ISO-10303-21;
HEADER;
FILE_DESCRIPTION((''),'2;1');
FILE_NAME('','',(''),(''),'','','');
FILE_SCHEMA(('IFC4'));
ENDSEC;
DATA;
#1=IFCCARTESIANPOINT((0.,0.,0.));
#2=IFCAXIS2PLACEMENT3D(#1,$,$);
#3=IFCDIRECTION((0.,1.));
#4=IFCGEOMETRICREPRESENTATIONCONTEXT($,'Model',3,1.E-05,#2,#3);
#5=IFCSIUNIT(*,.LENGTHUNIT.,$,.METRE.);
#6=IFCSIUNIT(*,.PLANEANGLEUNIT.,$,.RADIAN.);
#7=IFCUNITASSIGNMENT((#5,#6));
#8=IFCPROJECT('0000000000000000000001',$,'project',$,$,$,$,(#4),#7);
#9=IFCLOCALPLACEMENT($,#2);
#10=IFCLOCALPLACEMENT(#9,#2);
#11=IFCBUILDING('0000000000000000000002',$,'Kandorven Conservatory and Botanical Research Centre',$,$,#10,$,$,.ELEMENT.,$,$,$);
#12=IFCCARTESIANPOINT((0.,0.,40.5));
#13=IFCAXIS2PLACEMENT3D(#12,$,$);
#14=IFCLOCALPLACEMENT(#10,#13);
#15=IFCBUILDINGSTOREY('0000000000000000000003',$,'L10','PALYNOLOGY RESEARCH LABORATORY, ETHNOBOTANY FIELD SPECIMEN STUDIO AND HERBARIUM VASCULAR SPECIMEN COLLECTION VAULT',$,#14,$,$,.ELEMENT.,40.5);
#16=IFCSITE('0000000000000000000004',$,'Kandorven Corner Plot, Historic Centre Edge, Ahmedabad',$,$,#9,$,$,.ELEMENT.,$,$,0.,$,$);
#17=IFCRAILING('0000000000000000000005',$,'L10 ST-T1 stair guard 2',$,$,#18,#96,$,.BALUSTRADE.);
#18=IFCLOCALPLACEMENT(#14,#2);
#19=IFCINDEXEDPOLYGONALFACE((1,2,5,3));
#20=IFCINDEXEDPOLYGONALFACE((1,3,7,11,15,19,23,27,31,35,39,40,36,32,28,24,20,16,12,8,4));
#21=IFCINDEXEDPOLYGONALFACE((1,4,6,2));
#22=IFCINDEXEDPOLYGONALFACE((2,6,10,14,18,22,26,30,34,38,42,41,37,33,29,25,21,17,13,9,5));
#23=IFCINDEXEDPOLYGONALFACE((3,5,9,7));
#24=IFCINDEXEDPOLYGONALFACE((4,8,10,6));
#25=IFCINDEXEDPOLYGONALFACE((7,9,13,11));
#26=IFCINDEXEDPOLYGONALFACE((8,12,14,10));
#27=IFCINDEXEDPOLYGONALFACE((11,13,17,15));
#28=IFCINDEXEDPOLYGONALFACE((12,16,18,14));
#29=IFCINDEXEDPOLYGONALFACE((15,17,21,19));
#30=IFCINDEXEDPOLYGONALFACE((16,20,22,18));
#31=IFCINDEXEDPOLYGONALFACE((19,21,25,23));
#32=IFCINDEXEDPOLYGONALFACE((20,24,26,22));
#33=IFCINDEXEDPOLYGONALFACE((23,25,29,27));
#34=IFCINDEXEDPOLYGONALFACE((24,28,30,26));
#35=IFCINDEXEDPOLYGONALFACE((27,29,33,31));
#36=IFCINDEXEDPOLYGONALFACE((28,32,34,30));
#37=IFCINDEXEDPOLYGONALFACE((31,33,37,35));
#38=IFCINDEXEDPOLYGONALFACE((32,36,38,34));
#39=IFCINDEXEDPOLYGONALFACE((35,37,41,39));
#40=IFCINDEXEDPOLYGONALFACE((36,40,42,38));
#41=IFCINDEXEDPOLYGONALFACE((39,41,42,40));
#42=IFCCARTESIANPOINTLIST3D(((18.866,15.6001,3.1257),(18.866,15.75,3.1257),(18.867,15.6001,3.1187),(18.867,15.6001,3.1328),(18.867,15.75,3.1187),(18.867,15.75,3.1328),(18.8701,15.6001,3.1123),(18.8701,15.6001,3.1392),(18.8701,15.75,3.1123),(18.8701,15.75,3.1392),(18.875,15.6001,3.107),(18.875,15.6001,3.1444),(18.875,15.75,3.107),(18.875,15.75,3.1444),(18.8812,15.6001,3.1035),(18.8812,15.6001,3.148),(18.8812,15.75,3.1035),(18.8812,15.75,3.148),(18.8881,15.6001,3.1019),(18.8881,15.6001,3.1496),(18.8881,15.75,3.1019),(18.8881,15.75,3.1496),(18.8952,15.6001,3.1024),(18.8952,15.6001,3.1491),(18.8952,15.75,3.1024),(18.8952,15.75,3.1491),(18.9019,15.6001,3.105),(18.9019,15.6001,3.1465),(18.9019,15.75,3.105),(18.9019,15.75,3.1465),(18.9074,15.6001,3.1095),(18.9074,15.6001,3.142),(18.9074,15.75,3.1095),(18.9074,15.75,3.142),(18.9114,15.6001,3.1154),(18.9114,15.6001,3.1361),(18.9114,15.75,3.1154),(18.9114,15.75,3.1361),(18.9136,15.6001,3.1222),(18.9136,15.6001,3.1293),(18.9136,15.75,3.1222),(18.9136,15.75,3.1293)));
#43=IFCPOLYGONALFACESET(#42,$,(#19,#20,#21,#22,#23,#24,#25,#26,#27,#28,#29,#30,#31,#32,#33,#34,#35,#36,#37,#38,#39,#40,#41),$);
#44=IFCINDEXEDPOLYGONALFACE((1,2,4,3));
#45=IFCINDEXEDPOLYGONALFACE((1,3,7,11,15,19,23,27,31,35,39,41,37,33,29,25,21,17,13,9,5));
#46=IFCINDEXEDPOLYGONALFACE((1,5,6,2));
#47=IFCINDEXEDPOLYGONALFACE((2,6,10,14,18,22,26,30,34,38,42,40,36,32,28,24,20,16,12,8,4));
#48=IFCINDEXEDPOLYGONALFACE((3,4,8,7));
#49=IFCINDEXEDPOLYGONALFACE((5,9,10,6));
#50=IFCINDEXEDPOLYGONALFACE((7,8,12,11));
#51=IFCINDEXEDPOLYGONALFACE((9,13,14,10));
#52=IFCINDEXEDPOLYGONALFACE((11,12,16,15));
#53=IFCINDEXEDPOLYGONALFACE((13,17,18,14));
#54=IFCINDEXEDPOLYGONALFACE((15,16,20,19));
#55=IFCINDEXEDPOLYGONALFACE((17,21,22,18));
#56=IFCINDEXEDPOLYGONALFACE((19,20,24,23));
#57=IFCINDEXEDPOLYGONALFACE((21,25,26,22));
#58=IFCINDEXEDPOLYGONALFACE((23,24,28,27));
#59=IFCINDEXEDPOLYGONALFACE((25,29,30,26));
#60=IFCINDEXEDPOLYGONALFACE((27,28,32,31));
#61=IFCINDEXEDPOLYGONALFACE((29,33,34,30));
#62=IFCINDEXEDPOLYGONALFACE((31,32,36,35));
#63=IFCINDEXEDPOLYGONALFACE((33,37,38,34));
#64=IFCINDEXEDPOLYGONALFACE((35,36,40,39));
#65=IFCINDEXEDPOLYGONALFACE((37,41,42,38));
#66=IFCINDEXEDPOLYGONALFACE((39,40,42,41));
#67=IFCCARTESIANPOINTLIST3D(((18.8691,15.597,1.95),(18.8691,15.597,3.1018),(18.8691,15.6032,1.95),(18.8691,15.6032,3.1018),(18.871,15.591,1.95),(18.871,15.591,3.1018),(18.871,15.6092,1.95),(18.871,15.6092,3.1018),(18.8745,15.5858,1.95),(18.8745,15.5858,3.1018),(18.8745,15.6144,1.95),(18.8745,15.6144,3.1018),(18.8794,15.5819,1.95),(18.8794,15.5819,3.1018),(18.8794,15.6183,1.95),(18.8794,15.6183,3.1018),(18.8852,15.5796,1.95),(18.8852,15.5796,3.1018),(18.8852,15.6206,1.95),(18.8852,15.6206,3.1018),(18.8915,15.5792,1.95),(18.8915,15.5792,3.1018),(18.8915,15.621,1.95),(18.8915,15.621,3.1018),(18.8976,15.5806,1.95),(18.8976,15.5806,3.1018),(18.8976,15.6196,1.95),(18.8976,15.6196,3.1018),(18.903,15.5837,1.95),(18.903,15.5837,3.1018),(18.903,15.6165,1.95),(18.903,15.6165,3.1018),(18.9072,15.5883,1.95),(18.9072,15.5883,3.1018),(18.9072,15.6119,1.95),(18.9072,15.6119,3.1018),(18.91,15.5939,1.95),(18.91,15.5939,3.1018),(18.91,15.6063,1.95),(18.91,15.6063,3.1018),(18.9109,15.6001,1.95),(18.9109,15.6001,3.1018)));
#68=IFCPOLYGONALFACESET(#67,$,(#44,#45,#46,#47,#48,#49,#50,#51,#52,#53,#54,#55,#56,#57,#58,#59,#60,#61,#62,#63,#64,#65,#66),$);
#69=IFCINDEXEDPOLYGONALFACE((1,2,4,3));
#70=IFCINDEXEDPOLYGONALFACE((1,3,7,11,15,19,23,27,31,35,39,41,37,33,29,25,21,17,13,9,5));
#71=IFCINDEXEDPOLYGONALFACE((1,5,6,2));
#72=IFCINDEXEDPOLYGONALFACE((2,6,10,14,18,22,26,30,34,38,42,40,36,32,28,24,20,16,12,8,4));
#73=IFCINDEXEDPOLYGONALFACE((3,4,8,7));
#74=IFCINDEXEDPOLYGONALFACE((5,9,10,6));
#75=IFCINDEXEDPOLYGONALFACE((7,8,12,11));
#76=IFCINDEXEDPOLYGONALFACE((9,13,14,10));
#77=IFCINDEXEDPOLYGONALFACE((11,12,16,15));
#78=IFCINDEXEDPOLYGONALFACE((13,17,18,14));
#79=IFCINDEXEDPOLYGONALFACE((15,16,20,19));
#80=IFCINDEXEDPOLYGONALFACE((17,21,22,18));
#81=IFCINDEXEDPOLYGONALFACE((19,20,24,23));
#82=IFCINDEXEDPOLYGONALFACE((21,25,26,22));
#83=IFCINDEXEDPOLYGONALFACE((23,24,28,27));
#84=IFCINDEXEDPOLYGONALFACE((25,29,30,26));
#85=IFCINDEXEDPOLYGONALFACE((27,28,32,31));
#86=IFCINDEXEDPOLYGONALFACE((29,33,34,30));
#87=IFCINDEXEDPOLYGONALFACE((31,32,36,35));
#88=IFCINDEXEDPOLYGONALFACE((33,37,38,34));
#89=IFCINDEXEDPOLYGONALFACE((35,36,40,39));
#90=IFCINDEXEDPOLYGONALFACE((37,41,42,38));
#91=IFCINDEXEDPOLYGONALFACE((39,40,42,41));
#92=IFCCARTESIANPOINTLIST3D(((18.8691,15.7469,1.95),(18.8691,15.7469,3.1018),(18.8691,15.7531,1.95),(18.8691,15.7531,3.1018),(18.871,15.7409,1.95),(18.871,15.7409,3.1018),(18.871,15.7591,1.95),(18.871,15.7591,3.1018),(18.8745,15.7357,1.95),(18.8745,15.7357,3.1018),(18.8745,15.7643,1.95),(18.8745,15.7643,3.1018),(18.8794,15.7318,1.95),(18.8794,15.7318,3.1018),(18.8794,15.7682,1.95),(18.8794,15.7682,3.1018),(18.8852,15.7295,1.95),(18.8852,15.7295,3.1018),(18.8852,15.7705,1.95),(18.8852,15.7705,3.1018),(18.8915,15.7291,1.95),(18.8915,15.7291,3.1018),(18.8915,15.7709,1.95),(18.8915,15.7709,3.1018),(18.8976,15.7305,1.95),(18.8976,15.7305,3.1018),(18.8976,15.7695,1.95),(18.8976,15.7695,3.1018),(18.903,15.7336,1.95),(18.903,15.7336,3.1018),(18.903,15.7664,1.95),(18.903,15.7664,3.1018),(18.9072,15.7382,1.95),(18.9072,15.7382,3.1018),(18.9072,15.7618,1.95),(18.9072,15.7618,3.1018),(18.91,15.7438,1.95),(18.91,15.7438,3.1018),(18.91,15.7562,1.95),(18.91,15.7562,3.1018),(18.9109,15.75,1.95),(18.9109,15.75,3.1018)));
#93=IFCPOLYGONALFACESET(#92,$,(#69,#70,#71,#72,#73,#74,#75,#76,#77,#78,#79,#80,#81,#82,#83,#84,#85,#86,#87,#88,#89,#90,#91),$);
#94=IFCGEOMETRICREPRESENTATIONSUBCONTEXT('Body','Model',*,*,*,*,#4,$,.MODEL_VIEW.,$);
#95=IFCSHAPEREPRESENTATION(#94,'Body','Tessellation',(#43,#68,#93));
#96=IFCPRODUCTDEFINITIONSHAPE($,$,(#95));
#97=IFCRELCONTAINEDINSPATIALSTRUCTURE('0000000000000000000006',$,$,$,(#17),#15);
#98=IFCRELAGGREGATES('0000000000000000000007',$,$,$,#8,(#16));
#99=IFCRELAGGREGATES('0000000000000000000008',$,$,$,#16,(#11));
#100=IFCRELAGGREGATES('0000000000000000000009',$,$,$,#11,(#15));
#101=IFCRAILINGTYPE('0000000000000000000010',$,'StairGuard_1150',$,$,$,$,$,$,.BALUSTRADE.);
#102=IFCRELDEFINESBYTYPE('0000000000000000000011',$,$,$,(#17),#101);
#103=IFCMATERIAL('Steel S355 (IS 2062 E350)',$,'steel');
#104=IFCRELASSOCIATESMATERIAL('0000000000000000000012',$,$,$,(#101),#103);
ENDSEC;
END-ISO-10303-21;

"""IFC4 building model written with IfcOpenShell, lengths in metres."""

from ifc_helpers import new_model, si_unit, direction, frame, origin, origin_2d, place, context, subcontext, project, spatial, circle, extrude, material, type_object, element, save


model = new_model("IFC4")

# Units and contexts
model_context = context("Model", 3, precision=1e-05, world=origin(), true_north=direction((0.0, 1.0)))
body_context = subcontext(model_context, "Body", "Model", "MODEL_VIEW")
ifc_project = project(units=[si_unit("LENGTHUNIT", "METRE"), si_unit("PLANEANGLEUNIT", "RADIAN")], contexts=[model_context])

# Site, building, storey
site_placement = place(None, origin())
site = spatial("IfcSite", under=ifc_project, at=site_placement, Name="Kandorven Corner Plot, Historic Centre Edge, Ahmedabad", CompositionType="ELEMENT", RefElevation=0.0)
building_placement = place(site_placement, origin())
building = spatial("IfcBuilding", under=site, at=building_placement, Name="Kandorven Conservatory and Botanical Research Centre", CompositionType="ELEMENT")
storey_placement = place(building_placement, frame((0.0, 0.0, 40.5)))
storey = spatial("IfcBuildingStorey", under=building, at=storey_placement, Name="L10", Description="PALYNOLOGY RESEARCH LABORATORY, ETHNOBOTANY FIELD SPECIMEN STUDIO AND HERBARIUM VASCULAR SPECIMEN COLLECTION VAULT", CompositionType="ELEMENT", Elevation=40.5)

# Railing
ifc_material_1 = material(Name="Steel S355 (IS 2062 E350)", Category="steel")
railing_type_1 = type_object("IfcRailingType", Name="StairGuard_1150", PredefinedType="BALUSTRADE", material=ifc_material_1)
railing_1_placement = place(storey_placement, frame((18.8899, 15.6001, 1.95)))
element("IfcRailing", 1, at=railing_1_placement, inside=storey, type_object=railing_type_1, Name="L10 ST-T1 stair guard 2", PredefinedType="BALUSTRADE", context=body_context, shape_type="SweptSolid", body=[
    extrude(circle(Radius=0.0239, at=origin_2d()), frame((0.0, 0.0, 1.1758), z_axis=(0.0, 1.0, 0.0), x_axis=(-1.0, 0.0, 0.0)), (0.0, 0.0, 1.0), 0.1499),
    extrude(circle(Radius=0.021, at=origin_2d()), origin(), (0.0, 0.0, 1.0), 1.1519),
    extrude(circle(Radius=0.021, at=origin_2d()), frame((0.0, 0.1499, 0.0)), (0.0, 0.0, 1.0), 1.1519),
])

save(model, "model.ifc")
